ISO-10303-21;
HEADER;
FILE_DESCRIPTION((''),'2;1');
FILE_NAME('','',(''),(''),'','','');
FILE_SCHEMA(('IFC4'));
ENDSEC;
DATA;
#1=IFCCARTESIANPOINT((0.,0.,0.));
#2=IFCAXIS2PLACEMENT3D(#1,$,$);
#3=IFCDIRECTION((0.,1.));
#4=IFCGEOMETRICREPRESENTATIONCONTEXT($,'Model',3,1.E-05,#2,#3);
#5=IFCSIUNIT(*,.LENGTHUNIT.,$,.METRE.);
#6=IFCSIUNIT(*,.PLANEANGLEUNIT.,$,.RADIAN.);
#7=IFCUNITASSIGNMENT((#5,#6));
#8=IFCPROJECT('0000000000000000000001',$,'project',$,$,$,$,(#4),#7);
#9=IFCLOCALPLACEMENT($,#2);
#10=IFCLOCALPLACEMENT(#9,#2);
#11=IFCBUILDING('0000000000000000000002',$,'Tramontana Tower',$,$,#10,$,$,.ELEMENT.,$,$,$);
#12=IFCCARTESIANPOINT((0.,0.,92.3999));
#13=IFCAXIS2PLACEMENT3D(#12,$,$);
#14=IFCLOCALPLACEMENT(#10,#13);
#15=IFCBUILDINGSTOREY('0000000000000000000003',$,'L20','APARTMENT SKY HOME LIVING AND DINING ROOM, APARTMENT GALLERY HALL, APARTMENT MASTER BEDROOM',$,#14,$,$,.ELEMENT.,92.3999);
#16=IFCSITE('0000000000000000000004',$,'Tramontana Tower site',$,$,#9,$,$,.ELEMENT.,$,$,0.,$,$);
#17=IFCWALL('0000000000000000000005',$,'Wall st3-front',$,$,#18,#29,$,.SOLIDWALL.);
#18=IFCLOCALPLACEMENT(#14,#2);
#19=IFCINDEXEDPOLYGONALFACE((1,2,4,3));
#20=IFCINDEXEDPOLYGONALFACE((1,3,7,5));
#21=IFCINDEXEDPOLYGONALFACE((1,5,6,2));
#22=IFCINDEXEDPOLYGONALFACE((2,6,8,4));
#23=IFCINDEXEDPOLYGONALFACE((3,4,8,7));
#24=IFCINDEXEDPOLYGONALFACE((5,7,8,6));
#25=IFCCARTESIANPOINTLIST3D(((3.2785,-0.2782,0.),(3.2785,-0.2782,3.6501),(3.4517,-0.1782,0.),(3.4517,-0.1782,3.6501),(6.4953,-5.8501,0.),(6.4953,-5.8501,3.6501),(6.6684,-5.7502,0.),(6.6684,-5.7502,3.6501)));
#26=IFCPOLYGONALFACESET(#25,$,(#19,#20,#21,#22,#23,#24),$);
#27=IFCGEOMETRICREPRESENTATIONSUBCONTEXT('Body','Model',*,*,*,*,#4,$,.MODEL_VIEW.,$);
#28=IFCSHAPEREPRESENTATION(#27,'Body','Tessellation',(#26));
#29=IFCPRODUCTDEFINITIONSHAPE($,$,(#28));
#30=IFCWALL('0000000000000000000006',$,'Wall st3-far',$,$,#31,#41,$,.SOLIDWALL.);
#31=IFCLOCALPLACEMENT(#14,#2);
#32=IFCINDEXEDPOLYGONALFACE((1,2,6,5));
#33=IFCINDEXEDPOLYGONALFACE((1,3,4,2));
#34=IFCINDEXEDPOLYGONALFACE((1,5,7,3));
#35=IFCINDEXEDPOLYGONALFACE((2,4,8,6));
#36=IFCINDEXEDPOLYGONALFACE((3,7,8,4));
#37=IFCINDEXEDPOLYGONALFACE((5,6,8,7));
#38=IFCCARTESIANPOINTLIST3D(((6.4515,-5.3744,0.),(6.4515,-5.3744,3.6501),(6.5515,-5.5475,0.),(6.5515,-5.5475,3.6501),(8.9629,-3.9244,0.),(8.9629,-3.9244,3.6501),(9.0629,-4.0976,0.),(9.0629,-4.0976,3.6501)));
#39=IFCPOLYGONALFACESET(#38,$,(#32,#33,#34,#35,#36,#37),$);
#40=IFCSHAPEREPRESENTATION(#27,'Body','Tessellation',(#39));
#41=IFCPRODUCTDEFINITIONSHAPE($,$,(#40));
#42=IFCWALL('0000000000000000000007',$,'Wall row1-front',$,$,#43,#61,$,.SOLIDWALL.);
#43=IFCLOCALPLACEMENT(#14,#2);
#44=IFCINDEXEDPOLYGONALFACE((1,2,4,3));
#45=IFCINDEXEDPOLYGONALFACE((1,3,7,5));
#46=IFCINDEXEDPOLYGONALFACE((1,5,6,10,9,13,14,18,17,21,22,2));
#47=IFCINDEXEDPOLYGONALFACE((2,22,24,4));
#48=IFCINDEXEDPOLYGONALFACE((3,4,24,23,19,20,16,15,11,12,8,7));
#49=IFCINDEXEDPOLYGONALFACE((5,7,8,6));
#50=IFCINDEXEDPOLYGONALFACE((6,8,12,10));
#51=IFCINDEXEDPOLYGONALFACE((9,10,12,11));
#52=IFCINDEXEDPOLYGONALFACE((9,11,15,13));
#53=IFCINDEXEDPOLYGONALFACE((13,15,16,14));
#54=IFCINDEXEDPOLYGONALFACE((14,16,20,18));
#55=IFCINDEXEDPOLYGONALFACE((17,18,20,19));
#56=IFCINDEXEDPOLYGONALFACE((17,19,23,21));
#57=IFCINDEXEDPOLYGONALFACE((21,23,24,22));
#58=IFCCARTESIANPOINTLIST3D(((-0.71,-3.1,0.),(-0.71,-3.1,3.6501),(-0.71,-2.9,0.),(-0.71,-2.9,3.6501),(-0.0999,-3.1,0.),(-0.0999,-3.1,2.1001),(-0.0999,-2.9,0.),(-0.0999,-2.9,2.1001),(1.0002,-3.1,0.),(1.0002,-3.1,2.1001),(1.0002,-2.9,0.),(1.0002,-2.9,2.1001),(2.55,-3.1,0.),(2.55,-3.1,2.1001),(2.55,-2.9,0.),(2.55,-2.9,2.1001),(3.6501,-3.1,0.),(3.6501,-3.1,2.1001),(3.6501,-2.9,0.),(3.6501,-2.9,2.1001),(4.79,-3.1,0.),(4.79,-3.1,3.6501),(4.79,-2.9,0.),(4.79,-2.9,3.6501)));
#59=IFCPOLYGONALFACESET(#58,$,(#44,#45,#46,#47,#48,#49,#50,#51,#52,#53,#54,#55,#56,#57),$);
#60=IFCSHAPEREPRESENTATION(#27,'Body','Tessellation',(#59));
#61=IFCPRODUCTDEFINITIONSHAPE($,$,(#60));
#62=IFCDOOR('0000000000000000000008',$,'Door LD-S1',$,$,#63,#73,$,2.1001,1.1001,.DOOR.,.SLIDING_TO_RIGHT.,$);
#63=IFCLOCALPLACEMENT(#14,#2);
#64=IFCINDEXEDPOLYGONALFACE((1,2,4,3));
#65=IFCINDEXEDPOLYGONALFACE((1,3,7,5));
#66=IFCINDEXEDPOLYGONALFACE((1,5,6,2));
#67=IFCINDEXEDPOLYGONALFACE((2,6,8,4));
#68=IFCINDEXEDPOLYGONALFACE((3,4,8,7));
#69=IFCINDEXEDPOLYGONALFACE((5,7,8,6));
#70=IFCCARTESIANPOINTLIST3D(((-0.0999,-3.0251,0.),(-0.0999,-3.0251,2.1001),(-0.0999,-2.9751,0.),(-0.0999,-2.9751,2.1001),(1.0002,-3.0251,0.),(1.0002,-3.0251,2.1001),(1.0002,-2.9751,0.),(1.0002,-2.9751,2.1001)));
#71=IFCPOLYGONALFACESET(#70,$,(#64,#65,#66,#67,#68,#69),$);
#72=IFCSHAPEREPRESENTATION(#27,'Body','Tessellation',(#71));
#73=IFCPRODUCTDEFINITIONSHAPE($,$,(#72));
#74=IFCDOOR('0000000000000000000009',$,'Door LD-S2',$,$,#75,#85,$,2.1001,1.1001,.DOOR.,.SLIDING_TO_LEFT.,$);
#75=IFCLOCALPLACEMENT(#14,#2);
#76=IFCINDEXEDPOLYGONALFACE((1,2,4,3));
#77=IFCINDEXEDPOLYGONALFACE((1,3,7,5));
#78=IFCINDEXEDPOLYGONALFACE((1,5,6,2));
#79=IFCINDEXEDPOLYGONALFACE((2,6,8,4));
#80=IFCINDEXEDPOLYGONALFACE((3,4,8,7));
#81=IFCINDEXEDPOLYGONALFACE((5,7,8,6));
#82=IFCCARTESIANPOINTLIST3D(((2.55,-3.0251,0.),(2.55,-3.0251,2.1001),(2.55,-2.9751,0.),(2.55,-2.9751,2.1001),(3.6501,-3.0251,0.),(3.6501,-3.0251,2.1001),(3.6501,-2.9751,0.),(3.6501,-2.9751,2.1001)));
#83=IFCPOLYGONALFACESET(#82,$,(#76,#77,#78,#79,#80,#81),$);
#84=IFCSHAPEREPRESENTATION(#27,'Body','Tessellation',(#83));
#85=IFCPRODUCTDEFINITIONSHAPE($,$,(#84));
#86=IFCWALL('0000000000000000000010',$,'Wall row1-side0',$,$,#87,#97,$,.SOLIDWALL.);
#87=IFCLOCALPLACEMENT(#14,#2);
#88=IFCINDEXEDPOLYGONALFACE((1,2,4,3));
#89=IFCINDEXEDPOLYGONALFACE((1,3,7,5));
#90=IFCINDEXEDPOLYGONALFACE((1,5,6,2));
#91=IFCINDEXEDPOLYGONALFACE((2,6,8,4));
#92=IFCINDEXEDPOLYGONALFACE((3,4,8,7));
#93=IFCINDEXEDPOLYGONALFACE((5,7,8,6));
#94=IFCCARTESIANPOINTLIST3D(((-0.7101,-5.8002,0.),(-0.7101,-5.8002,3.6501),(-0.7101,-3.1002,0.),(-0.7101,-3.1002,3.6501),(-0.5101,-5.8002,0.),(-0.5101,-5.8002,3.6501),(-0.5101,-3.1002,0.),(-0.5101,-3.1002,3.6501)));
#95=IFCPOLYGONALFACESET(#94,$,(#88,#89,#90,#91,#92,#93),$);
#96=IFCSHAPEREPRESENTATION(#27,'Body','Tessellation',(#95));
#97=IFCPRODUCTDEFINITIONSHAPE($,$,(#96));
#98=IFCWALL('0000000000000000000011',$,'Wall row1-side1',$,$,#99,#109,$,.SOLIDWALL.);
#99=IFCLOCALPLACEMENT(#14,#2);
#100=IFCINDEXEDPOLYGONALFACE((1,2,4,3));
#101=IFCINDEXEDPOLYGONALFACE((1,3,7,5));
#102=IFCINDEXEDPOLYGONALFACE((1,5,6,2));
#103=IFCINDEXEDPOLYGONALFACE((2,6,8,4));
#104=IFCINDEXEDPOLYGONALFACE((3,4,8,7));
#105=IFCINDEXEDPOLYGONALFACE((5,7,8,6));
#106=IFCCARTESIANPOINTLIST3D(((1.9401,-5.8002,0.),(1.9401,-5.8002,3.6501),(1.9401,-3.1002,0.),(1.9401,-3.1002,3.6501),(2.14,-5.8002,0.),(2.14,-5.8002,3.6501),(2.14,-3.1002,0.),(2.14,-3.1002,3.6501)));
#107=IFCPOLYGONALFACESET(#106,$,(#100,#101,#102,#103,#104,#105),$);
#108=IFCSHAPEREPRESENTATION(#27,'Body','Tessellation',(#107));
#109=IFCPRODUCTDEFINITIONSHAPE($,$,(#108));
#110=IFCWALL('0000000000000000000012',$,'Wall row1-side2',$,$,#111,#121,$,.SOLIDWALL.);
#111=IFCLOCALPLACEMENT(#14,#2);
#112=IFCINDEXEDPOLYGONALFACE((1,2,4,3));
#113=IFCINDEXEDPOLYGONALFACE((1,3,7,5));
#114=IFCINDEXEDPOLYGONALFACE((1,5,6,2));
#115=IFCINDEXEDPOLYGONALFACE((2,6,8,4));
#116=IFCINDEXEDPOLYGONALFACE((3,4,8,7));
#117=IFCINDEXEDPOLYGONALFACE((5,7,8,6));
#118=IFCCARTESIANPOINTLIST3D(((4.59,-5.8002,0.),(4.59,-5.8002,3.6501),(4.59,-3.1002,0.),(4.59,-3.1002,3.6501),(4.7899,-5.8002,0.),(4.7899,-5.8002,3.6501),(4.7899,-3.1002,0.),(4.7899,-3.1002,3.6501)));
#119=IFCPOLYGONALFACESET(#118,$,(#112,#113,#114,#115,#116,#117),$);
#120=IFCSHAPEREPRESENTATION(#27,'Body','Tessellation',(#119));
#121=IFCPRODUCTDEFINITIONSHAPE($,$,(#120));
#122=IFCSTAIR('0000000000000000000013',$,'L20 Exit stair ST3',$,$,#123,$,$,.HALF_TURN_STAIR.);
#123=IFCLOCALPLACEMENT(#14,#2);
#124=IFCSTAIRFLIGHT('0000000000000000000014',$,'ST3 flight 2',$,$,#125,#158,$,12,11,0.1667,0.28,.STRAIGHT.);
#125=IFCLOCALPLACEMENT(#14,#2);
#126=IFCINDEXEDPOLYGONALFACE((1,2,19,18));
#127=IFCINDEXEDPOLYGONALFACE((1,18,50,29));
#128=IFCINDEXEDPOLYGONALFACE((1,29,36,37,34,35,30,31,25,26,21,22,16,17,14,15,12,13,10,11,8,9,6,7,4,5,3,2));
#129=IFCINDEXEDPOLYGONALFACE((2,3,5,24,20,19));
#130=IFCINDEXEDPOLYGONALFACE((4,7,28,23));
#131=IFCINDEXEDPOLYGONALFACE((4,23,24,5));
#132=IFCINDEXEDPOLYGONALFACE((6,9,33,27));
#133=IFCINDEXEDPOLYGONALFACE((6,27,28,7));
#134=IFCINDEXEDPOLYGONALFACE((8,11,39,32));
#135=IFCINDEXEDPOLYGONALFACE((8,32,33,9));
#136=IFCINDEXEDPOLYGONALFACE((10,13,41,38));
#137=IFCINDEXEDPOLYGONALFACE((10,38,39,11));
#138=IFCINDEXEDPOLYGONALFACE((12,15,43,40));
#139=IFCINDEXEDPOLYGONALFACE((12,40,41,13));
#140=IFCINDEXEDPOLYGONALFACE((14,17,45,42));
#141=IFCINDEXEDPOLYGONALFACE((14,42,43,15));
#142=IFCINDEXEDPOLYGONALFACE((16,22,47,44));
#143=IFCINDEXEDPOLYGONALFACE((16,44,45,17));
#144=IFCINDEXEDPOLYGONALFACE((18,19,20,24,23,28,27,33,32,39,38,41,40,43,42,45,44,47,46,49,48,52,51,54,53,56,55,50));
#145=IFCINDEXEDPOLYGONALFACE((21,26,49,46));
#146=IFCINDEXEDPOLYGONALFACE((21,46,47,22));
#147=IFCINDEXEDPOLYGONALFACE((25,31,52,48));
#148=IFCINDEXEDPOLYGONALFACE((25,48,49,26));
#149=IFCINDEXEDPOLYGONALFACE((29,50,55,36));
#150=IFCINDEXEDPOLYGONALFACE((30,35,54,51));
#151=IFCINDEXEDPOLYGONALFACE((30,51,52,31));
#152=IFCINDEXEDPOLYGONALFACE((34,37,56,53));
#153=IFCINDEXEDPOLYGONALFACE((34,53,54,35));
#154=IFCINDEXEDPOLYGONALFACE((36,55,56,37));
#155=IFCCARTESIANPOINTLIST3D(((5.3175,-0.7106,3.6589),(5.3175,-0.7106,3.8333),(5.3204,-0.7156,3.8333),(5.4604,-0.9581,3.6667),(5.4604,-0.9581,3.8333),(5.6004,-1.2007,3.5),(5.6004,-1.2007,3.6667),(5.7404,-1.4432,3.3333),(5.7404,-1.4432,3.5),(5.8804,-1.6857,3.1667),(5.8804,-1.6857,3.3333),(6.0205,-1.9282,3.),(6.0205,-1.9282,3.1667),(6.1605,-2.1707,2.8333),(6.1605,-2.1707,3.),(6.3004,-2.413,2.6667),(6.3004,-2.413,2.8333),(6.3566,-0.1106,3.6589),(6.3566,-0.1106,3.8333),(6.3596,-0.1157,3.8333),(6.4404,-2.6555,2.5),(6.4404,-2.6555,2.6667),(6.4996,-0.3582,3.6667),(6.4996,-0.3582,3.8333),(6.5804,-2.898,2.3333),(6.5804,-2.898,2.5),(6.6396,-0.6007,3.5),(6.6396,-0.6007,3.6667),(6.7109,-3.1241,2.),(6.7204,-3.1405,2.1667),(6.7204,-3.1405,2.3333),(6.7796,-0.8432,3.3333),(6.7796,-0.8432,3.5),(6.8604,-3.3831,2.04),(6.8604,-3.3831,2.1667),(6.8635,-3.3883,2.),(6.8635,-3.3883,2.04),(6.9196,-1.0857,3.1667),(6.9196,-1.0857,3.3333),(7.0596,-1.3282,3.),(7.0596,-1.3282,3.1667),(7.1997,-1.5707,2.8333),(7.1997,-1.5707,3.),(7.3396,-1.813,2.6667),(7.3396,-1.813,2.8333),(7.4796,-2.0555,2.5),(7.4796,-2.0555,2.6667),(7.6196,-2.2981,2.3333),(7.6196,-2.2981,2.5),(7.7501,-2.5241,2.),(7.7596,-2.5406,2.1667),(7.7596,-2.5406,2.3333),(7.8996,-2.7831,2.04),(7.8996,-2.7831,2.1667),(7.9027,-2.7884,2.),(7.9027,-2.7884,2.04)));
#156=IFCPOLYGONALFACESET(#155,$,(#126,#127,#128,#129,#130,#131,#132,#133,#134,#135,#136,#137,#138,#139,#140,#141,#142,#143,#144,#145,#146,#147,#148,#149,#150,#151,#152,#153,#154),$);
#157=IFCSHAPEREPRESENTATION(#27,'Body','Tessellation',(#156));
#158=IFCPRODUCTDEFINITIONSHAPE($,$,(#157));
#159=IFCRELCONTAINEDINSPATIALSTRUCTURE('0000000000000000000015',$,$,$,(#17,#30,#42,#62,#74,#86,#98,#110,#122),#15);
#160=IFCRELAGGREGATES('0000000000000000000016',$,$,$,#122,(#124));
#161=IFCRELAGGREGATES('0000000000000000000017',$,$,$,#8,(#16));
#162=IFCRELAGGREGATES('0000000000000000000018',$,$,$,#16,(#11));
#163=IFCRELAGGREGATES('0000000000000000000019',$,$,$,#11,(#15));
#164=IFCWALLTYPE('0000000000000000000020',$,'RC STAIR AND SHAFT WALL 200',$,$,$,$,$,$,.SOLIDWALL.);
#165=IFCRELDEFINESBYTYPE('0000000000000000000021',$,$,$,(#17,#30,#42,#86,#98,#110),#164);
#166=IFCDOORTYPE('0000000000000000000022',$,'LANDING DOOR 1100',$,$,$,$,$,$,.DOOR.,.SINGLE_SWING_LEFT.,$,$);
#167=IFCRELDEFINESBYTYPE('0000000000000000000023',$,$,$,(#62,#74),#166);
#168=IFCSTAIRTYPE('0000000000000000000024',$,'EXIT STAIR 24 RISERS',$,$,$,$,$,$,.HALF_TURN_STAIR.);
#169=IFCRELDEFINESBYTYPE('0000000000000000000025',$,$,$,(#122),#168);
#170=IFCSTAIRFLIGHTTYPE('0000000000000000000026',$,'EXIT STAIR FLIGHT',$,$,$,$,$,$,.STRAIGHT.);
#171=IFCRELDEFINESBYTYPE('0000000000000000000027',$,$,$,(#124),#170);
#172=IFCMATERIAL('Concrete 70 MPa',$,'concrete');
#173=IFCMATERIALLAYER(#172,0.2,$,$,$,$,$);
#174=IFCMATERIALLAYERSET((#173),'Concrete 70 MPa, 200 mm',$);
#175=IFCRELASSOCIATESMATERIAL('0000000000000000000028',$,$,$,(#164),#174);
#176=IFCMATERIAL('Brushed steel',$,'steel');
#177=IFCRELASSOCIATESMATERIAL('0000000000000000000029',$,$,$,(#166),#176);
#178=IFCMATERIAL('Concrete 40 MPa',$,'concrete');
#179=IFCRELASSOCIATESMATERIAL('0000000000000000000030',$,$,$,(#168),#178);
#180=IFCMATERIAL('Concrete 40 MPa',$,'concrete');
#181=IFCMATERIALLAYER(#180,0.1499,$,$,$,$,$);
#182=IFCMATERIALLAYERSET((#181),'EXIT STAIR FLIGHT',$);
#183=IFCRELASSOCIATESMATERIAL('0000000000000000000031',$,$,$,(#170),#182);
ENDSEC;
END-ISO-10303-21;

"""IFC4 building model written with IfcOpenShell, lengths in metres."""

from ifc_helpers import new_model, si_unit, direction, frame, frame_2d, origin, place, context, subcontext, project, spatial, polyline, rectangle, outline, extrude, material, layer, layer_set, type_object, element, fill, aggregate, save


model = new_model("IFC4")

# Units and contexts
model_context = context("Model", 3, precision=1e-05, world=origin(), true_north=direction((0.0, 1.0)))
body_context = subcontext(model_context, "Body", "Model", "MODEL_VIEW")
ifc_project = project(units=[si_unit("LENGTHUNIT", "METRE"), si_unit("PLANEANGLEUNIT", "RADIAN")], contexts=[model_context])

# Site, building, storey
site_placement = place(None, origin())
site = spatial("IfcSite", under=ifc_project, at=site_placement, Name="Tramontana Tower site", CompositionType="ELEMENT", RefElevation=0.0)
building_placement = place(site_placement, origin())
building = spatial("IfcBuilding", under=site, at=building_placement, Name="Tramontana Tower", CompositionType="ELEMENT")
storey_placement = place(building_placement, frame((0.0, 0.0, 92.3999)))
storey = spatial("IfcBuildingStorey", under=building, at=storey_placement, Name="L20", Description="APARTMENT SKY HOME LIVING AND DINING ROOM, APARTMENT GALLERY HALL, APARTMENT MASTER BEDROOM", CompositionType="ELEMENT", Elevation=92.3999)

# Shared definitions
ifc_material_1 = material(Name="Concrete 70 MPa", Category="concrete")
ifc_layer_1 = layer(ifc_material_1, 0.2)
ifc_layer_set_1 = layer_set([ifc_layer_1], Name="Concrete 70 MPa, 200 mm")
wall_type_1 = type_object("IfcWallType", Name="RC STAIR AND SHAFT WALL 200", PredefinedType="SOLIDWALL", material=ifc_layer_set_1)

# Walls
wall_1_placement = place(storey_placement, frame((6.5818, -5.8, 0.0), z_axis=(0.0, 0.0, 1.0), x_axis=(-0.499975, 0.86604, 0.0)))
element("IfcWall", 1, at=wall_1_placement, inside=storey, type_object=wall_type_1, Name="Wall st3-front", PredefinedType="SOLIDWALL", context=body_context, shape_type="SweptSolid", body=[
    extrude(rectangle(XDim=6.4338, YDim=0.2, at=frame_2d((3.2168, 0.0))), origin(), (0.0, 0.0, 1.0), 3.6501),
])
wall_2_placement = place(storey_placement, frame((6.5015, -5.4609, 0.0), z_axis=(0.0, 0.0, 1.0), x_axis=(0.866033, 0.499987, 0.0)))
element("IfcWall", 2, at=wall_2_placement, inside=storey, type_object=wall_type_1, Name="Wall st3-far", PredefinedType="SOLIDWALL", context=body_context, shape_type="SweptSolid", body=[
    extrude(rectangle(XDim=2.8999, YDim=0.2, at=frame_2d((1.45, 0.0))), origin(), (0.0, 0.0, 1.0), 3.6501),
])

# Wall, openings, doors
wall_3_placement = place(storey_placement, frame((-0.71, -3.0, 0.0), z_axis=(0.0, 0.0, 1.0), x_axis=(1.0, 0.0, 0.0)))
wall_3 = element("IfcWall", 3, at=wall_3_placement, inside=storey, type_object=wall_type_1, Name="Wall row1-front", PredefinedType="SOLIDWALL", context=body_context, shape_type="SweptSolid", body=[
    extrude(rectangle(XDim=5.5, YDim=0.2, at=frame_2d((2.75, 0.0))), origin(), (0.0, 0.0, 1.0), 3.6501),
])
opening_1_placement = place(wall_3_placement, frame((0.6101, 0.0, 0.0)))
opening_1 = element("IfcOpeningElement", 4, at=opening_1_placement, cuts=wall_3, PredefinedType="OPENING", context=body_context, shape_type="SweptSolid", body=[
    extrude(rectangle(XDim=1.1001, YDim=2.1001, at=frame_2d((0.55, 1.05))), frame((0.0, 0.1099, 0.0), z_axis=(0.0, -1.0, 0.0), x_axis=(1.0, 0.0, 0.0)), (0.0, 0.0, 1.0), 0.22),
])
opening_2_placement = place(wall_3_placement, frame((3.26, 0.0, 0.0)))
opening_2 = element("IfcOpeningElement", 5, at=opening_2_placement, cuts=wall_3, PredefinedType="OPENING", context=body_context, shape_type="SweptSolid", body=[
    extrude(rectangle(XDim=1.1001, YDim=2.1001, at=frame_2d((0.55, 1.05))), frame((0.0, 0.1099, 0.0), z_axis=(0.0, -1.0, 0.0), x_axis=(1.0, 0.0, 0.0)), (0.0, 0.0, 1.0), 0.22),
])
ifc_material_2 = material(Name="Brushed steel", Category="steel")
door_type_1 = type_object("IfcDoorType", Name="LANDING DOOR 1100", OperationType="SINGLE_SWING_LEFT", PredefinedType="DOOR", material=ifc_material_2)
door_1_placement = place(opening_1_placement, origin())
door_1 = element("IfcDoor", 6, at=door_1_placement, inside=storey, type_object=door_type_1, Name="Door LD-S1", OperationType="SLIDING_TO_RIGHT", OverallHeight=2.1001, OverallWidth=1.1001, PredefinedType="DOOR", context=body_context, shape_type="SweptSolid", body=[
    extrude(rectangle(XDim=1.1001, YDim=2.1001, at=frame_2d((0.55, 1.05))), frame((0.0, 0.0249, 0.0), z_axis=(0.0, -1.0, 0.0), x_axis=(1.0, 0.0, 0.0)), (0.0, 0.0, 1.0), 0.05),
])
fill(opening_1, door_1)
door_2_placement = place(opening_2_placement, origin())
door_2 = element("IfcDoor", 7, at=door_2_placement, inside=storey, type_object=door_type_1, Name="Door LD-S2", OperationType="SLIDING_TO_LEFT", OverallHeight=2.1001, OverallWidth=1.1001, PredefinedType="DOOR", context=body_context, shape_type="SweptSolid", body=[
    extrude(rectangle(XDim=1.1001, YDim=2.1001, at=frame_2d((0.55, 1.05))), frame((0.0, 0.0249, 0.0), z_axis=(0.0, -1.0, 0.0), x_axis=(1.0, 0.0, 0.0)), (0.0, 0.0, 1.0), 0.05),
])
fill(opening_2, door_2)

# Walls
for number, where, z_axis, x_axis, name in (
    (8, (-0.6101, -3.1001, 0.0), (0.0, 0.0, 1.0), (0.0, -1.0, 0.0), "Wall row1-side0"),
    (9, (2.04, -3.1001, 0.0), (0.0, 0.0, 1.0), (0.0, -1.0, 0.0), "Wall row1-side1"),
    (10, (4.6899, -3.1001, 0.0), (0.0, 0.0, 1.0), (0.0, -1.0, 0.0), "Wall row1-side2"),
):
    element("IfcWall", number, at=place(storey_placement, frame(where, z_axis=z_axis, x_axis=x_axis)), inside=storey, type_object=wall_type_1, Name=name, PredefinedType="SOLIDWALL", context=body_context, shape_type="SweptSolid", body=[
        extrude(rectangle(XDim=2.7, YDim=0.2, at=frame_2d((1.3501, 0.0))), origin(), (0.0, 0.0, 1.0), 3.6501),
    ])

# Stair, stair flight
ifc_material_3 = material(Name="Concrete 40 MPa", Category="concrete")
stair_type = type_object("IfcStairType", Name="EXIT STAIR 24 RISERS", PredefinedType="HALF_TURN_STAIR", material=ifc_material_3)
stair_placement = place(storey_placement, origin())
stair = element("IfcStair", 11, at=stair_placement, inside=storey, type_object=stair_type, Name="L20 Exit stair ST3", PredefinedType="HALF_TURN_STAIR")
ifc_material_4 = material(Name="Concrete 40 MPa", Category="concrete")
ifc_layer_2 = layer(ifc_material_4, 0.1499)
ifc_layer_set_2 = layer_set([ifc_layer_2], Name="EXIT STAIR FLIGHT")
stair_flight_type = type_object("IfcStairFlightType", Name="EXIT STAIR FLIGHT", PredefinedType="STRAIGHT", material=ifc_layer_set_2)
stair_flight_placement = place(storey_placement, frame((7.3801, -3.083, 2.0), z_axis=(0.0, 0.0, 1.0), x_axis=(-0.5, 0.866025, 0.0)))
stair_flight = element("IfcStairFlight", 12, at=stair_flight_placement, type_object=stair_flight_type, Name="ST3 flight 2", NumberOfRisers=12, NumberOfTreads=11, PredefinedType="STRAIGHT", RiserHeight=0.1667, TreadLength=0.28, context=body_context, shape_type="SweptSolid", body=[
    extrude(outline(polyline([(-0.0061, 0.0), (-0.0061, 0.04), (0.0, 0.04), (0.0, 0.1667), (0.28, 0.1667), (0.28, 0.3333), (0.5601, 0.3333), (0.5601, 0.5), (0.8401, 0.5), (0.8401, 0.6667), (1.1201, 0.6667), (1.1201, 0.8333), (1.3999, 0.8333), (1.3999, 1.0), (1.6799, 1.0), (1.6799, 1.1667), (1.96, 1.1667), (1.96, 1.3333), (2.24, 1.3333), (2.24, 1.5), (2.52, 1.5), (2.52, 1.6667), (2.8, 1.6667), (2.8, 1.8333), (3.0801, 1.8333), (3.0859, 1.8333), (3.0859, 1.6589), (0.2991, 0.0), (-0.0061, 0.0)])), frame((0.0, 0.6001, 0.0), z_axis=(0.0, -1.0, 0.0), x_axis=(1.0, 0.0, 0.0)), (0.0, 0.0, 1.0), 1.2),
])
aggregate(stair, [stair_flight])

save(model, "model.ifc")
